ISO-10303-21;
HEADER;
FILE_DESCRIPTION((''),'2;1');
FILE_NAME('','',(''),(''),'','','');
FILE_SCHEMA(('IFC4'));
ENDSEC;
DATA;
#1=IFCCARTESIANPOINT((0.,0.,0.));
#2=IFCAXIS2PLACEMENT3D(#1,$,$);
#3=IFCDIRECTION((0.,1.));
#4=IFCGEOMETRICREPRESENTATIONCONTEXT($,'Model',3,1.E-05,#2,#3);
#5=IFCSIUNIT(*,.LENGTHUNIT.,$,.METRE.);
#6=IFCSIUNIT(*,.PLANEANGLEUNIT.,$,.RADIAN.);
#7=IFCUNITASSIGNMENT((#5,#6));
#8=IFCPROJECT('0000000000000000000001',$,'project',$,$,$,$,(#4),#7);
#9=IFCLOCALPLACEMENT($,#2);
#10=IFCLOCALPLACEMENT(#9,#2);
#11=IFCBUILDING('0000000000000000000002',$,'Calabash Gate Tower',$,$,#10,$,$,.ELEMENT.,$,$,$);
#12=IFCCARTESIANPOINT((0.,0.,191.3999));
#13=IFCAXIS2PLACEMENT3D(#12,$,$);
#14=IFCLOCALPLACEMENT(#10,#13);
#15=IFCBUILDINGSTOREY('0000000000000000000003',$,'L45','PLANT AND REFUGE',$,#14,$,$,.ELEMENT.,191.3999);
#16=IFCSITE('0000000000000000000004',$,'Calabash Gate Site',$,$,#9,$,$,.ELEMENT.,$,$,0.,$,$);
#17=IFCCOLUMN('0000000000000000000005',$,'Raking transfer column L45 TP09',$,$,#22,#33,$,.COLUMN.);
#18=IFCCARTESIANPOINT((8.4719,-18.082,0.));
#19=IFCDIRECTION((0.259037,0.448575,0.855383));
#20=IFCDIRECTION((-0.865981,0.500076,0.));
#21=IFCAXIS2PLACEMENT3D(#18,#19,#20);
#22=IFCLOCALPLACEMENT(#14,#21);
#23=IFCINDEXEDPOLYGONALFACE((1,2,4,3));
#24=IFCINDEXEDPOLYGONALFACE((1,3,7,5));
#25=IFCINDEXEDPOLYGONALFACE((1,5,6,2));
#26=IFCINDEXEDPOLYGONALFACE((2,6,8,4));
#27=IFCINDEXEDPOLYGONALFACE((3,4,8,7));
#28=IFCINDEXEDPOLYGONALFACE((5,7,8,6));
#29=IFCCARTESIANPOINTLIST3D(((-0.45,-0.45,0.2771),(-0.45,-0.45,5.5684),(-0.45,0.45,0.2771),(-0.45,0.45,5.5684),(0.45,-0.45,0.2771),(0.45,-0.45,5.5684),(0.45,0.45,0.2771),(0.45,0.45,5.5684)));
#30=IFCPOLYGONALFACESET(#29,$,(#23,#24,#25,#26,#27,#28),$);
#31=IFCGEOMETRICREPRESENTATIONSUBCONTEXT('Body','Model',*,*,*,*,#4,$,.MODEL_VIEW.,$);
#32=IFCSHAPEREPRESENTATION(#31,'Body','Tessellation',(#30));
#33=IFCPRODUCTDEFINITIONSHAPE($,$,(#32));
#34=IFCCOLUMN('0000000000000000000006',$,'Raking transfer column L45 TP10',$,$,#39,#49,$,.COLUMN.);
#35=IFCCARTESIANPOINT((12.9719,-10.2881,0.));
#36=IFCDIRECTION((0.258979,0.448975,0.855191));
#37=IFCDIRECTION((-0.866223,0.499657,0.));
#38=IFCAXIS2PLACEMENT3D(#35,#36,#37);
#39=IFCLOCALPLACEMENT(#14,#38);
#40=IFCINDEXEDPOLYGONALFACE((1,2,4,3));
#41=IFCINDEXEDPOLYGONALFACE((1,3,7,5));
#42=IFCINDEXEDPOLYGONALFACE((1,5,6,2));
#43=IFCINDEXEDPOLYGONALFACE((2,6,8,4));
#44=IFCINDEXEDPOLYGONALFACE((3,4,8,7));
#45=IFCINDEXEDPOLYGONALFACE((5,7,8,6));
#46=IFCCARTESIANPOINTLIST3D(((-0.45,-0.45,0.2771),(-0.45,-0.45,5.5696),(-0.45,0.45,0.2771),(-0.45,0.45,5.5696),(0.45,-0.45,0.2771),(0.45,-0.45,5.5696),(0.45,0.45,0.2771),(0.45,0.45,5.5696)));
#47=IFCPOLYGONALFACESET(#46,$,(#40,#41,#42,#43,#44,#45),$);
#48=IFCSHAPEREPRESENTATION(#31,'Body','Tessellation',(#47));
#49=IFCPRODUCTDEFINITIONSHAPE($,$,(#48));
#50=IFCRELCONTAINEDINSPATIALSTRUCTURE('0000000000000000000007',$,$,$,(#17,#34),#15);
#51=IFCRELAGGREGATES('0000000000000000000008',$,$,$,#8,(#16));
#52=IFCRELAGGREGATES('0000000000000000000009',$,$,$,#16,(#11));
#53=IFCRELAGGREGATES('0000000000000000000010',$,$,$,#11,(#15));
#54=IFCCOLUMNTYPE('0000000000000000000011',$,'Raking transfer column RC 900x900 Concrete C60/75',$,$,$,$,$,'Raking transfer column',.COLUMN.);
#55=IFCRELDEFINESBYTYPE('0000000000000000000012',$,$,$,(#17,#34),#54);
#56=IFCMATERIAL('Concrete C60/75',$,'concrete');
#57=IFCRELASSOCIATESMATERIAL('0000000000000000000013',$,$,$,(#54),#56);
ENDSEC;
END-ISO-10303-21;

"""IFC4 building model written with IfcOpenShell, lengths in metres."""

from ifc_helpers import new_model, si_unit, direction, frame, origin, origin_2d, place, context, subcontext, project, spatial, rectangle, extrude, clip, halfspace, material, material_profile, profile_set, type_object, element, save


model = new_model("IFC4")

# Units and contexts
model_context = context("Model", 3, precision=1e-05, world=origin(), true_north=direction((0.0, 1.0)))
body_context = subcontext(model_context, "Body", "Model", "MODEL_VIEW")
ifc_project = project(units=[si_unit("LENGTHUNIT", "METRE"), si_unit("PLANEANGLEUNIT", "RADIAN")], contexts=[model_context])

# Site, building, storey
site_placement = place(None, origin())
site = spatial("IfcSite", under=ifc_project, at=site_placement, Name="Calabash Gate Site", CompositionType="ELEMENT", RefElevation=0.0)
building_placement = place(site_placement, origin())
building = spatial("IfcBuilding", under=site, at=building_placement, Name="Calabash Gate Tower", CompositionType="ELEMENT")
storey_placement = place(building_placement, frame((0.0, 0.0, 191.3999)))
storey = spatial("IfcBuildingStorey", under=building, at=storey_placement, Name="L45", Description="PLANT AND REFUGE", CompositionType="ELEMENT", Elevation=191.3999)

# Columns
ifc_material_1 = material(Name="Concrete C60/75", Category="concrete")
ifc_material_profile_1 = material_profile(ifc_material_1, rectangle(XDim=0.8999, YDim=0.8999, at=origin_2d()))
ifc_profile_set_1 = profile_set([ifc_material_profile_1], Name="Concrete C60/75")
column_type = type_object("IfcColumnType", Name="Raking transfer column RC 900x900 Concrete C60/75", ElementType="Raking transfer column", PredefinedType="COLUMN", material=ifc_profile_set_1)
column_1_placement = place(storey_placement, frame((8.4719, -18.082, 0.0), z_axis=(0.259037, 0.448575, 0.855383), x_axis=(-0.865981, 0.500076, 0.0)))
element("IfcColumn", 1, at=column_1_placement, inside=storey, type_object=column_type, Name="Raking transfer column L45 TP09", PredefinedType="COLUMN", context=body_context, shape_type="Clipping", body=[
    clip(clip(extrude(rectangle(XDim=0.8999, YDim=0.8999, at=origin_2d()), origin(), (0.0, 0.0, 1.0), 5.8452), halfspace(frame((0.0, 0.0, 0.2771), z_axis=(0.0, 0.0, 1.0), x_axis=(1.0, 0.0, 0.0)), True)), halfspace(frame((0.0, 0.0, 5.5684), z_axis=(0.0, 0.0, 1.0), x_axis=(1.0, 0.0, 0.0)), False)),
])
column_2_placement = place(storey_placement, frame((12.9719, -10.2881, 0.0), z_axis=(0.258979, 0.448975, 0.855191), x_axis=(-0.866223, 0.499657, 0.0)))
element("IfcColumn", 2, at=column_2_placement, inside=storey, type_object=column_type, Name="Raking transfer column L45 TP10", PredefinedType="COLUMN", context=body_context, shape_type="Clipping", body=[
    clip(clip(extrude(rectangle(XDim=0.8999, YDim=0.8999, at=origin_2d()), origin(), (0.0, 0.0, 1.0), 5.8467), halfspace(frame((0.0, 0.0, 0.2771), z_axis=(0.0, 0.0, 1.0), x_axis=(1.0, 0.0, 0.0)), True)), halfspace(frame((0.0, 0.0, 5.5696), z_axis=(0.0, 0.0, 1.0), x_axis=(1.0, 0.0, 0.0)), False)),
])

save(model, "model.ifc")
